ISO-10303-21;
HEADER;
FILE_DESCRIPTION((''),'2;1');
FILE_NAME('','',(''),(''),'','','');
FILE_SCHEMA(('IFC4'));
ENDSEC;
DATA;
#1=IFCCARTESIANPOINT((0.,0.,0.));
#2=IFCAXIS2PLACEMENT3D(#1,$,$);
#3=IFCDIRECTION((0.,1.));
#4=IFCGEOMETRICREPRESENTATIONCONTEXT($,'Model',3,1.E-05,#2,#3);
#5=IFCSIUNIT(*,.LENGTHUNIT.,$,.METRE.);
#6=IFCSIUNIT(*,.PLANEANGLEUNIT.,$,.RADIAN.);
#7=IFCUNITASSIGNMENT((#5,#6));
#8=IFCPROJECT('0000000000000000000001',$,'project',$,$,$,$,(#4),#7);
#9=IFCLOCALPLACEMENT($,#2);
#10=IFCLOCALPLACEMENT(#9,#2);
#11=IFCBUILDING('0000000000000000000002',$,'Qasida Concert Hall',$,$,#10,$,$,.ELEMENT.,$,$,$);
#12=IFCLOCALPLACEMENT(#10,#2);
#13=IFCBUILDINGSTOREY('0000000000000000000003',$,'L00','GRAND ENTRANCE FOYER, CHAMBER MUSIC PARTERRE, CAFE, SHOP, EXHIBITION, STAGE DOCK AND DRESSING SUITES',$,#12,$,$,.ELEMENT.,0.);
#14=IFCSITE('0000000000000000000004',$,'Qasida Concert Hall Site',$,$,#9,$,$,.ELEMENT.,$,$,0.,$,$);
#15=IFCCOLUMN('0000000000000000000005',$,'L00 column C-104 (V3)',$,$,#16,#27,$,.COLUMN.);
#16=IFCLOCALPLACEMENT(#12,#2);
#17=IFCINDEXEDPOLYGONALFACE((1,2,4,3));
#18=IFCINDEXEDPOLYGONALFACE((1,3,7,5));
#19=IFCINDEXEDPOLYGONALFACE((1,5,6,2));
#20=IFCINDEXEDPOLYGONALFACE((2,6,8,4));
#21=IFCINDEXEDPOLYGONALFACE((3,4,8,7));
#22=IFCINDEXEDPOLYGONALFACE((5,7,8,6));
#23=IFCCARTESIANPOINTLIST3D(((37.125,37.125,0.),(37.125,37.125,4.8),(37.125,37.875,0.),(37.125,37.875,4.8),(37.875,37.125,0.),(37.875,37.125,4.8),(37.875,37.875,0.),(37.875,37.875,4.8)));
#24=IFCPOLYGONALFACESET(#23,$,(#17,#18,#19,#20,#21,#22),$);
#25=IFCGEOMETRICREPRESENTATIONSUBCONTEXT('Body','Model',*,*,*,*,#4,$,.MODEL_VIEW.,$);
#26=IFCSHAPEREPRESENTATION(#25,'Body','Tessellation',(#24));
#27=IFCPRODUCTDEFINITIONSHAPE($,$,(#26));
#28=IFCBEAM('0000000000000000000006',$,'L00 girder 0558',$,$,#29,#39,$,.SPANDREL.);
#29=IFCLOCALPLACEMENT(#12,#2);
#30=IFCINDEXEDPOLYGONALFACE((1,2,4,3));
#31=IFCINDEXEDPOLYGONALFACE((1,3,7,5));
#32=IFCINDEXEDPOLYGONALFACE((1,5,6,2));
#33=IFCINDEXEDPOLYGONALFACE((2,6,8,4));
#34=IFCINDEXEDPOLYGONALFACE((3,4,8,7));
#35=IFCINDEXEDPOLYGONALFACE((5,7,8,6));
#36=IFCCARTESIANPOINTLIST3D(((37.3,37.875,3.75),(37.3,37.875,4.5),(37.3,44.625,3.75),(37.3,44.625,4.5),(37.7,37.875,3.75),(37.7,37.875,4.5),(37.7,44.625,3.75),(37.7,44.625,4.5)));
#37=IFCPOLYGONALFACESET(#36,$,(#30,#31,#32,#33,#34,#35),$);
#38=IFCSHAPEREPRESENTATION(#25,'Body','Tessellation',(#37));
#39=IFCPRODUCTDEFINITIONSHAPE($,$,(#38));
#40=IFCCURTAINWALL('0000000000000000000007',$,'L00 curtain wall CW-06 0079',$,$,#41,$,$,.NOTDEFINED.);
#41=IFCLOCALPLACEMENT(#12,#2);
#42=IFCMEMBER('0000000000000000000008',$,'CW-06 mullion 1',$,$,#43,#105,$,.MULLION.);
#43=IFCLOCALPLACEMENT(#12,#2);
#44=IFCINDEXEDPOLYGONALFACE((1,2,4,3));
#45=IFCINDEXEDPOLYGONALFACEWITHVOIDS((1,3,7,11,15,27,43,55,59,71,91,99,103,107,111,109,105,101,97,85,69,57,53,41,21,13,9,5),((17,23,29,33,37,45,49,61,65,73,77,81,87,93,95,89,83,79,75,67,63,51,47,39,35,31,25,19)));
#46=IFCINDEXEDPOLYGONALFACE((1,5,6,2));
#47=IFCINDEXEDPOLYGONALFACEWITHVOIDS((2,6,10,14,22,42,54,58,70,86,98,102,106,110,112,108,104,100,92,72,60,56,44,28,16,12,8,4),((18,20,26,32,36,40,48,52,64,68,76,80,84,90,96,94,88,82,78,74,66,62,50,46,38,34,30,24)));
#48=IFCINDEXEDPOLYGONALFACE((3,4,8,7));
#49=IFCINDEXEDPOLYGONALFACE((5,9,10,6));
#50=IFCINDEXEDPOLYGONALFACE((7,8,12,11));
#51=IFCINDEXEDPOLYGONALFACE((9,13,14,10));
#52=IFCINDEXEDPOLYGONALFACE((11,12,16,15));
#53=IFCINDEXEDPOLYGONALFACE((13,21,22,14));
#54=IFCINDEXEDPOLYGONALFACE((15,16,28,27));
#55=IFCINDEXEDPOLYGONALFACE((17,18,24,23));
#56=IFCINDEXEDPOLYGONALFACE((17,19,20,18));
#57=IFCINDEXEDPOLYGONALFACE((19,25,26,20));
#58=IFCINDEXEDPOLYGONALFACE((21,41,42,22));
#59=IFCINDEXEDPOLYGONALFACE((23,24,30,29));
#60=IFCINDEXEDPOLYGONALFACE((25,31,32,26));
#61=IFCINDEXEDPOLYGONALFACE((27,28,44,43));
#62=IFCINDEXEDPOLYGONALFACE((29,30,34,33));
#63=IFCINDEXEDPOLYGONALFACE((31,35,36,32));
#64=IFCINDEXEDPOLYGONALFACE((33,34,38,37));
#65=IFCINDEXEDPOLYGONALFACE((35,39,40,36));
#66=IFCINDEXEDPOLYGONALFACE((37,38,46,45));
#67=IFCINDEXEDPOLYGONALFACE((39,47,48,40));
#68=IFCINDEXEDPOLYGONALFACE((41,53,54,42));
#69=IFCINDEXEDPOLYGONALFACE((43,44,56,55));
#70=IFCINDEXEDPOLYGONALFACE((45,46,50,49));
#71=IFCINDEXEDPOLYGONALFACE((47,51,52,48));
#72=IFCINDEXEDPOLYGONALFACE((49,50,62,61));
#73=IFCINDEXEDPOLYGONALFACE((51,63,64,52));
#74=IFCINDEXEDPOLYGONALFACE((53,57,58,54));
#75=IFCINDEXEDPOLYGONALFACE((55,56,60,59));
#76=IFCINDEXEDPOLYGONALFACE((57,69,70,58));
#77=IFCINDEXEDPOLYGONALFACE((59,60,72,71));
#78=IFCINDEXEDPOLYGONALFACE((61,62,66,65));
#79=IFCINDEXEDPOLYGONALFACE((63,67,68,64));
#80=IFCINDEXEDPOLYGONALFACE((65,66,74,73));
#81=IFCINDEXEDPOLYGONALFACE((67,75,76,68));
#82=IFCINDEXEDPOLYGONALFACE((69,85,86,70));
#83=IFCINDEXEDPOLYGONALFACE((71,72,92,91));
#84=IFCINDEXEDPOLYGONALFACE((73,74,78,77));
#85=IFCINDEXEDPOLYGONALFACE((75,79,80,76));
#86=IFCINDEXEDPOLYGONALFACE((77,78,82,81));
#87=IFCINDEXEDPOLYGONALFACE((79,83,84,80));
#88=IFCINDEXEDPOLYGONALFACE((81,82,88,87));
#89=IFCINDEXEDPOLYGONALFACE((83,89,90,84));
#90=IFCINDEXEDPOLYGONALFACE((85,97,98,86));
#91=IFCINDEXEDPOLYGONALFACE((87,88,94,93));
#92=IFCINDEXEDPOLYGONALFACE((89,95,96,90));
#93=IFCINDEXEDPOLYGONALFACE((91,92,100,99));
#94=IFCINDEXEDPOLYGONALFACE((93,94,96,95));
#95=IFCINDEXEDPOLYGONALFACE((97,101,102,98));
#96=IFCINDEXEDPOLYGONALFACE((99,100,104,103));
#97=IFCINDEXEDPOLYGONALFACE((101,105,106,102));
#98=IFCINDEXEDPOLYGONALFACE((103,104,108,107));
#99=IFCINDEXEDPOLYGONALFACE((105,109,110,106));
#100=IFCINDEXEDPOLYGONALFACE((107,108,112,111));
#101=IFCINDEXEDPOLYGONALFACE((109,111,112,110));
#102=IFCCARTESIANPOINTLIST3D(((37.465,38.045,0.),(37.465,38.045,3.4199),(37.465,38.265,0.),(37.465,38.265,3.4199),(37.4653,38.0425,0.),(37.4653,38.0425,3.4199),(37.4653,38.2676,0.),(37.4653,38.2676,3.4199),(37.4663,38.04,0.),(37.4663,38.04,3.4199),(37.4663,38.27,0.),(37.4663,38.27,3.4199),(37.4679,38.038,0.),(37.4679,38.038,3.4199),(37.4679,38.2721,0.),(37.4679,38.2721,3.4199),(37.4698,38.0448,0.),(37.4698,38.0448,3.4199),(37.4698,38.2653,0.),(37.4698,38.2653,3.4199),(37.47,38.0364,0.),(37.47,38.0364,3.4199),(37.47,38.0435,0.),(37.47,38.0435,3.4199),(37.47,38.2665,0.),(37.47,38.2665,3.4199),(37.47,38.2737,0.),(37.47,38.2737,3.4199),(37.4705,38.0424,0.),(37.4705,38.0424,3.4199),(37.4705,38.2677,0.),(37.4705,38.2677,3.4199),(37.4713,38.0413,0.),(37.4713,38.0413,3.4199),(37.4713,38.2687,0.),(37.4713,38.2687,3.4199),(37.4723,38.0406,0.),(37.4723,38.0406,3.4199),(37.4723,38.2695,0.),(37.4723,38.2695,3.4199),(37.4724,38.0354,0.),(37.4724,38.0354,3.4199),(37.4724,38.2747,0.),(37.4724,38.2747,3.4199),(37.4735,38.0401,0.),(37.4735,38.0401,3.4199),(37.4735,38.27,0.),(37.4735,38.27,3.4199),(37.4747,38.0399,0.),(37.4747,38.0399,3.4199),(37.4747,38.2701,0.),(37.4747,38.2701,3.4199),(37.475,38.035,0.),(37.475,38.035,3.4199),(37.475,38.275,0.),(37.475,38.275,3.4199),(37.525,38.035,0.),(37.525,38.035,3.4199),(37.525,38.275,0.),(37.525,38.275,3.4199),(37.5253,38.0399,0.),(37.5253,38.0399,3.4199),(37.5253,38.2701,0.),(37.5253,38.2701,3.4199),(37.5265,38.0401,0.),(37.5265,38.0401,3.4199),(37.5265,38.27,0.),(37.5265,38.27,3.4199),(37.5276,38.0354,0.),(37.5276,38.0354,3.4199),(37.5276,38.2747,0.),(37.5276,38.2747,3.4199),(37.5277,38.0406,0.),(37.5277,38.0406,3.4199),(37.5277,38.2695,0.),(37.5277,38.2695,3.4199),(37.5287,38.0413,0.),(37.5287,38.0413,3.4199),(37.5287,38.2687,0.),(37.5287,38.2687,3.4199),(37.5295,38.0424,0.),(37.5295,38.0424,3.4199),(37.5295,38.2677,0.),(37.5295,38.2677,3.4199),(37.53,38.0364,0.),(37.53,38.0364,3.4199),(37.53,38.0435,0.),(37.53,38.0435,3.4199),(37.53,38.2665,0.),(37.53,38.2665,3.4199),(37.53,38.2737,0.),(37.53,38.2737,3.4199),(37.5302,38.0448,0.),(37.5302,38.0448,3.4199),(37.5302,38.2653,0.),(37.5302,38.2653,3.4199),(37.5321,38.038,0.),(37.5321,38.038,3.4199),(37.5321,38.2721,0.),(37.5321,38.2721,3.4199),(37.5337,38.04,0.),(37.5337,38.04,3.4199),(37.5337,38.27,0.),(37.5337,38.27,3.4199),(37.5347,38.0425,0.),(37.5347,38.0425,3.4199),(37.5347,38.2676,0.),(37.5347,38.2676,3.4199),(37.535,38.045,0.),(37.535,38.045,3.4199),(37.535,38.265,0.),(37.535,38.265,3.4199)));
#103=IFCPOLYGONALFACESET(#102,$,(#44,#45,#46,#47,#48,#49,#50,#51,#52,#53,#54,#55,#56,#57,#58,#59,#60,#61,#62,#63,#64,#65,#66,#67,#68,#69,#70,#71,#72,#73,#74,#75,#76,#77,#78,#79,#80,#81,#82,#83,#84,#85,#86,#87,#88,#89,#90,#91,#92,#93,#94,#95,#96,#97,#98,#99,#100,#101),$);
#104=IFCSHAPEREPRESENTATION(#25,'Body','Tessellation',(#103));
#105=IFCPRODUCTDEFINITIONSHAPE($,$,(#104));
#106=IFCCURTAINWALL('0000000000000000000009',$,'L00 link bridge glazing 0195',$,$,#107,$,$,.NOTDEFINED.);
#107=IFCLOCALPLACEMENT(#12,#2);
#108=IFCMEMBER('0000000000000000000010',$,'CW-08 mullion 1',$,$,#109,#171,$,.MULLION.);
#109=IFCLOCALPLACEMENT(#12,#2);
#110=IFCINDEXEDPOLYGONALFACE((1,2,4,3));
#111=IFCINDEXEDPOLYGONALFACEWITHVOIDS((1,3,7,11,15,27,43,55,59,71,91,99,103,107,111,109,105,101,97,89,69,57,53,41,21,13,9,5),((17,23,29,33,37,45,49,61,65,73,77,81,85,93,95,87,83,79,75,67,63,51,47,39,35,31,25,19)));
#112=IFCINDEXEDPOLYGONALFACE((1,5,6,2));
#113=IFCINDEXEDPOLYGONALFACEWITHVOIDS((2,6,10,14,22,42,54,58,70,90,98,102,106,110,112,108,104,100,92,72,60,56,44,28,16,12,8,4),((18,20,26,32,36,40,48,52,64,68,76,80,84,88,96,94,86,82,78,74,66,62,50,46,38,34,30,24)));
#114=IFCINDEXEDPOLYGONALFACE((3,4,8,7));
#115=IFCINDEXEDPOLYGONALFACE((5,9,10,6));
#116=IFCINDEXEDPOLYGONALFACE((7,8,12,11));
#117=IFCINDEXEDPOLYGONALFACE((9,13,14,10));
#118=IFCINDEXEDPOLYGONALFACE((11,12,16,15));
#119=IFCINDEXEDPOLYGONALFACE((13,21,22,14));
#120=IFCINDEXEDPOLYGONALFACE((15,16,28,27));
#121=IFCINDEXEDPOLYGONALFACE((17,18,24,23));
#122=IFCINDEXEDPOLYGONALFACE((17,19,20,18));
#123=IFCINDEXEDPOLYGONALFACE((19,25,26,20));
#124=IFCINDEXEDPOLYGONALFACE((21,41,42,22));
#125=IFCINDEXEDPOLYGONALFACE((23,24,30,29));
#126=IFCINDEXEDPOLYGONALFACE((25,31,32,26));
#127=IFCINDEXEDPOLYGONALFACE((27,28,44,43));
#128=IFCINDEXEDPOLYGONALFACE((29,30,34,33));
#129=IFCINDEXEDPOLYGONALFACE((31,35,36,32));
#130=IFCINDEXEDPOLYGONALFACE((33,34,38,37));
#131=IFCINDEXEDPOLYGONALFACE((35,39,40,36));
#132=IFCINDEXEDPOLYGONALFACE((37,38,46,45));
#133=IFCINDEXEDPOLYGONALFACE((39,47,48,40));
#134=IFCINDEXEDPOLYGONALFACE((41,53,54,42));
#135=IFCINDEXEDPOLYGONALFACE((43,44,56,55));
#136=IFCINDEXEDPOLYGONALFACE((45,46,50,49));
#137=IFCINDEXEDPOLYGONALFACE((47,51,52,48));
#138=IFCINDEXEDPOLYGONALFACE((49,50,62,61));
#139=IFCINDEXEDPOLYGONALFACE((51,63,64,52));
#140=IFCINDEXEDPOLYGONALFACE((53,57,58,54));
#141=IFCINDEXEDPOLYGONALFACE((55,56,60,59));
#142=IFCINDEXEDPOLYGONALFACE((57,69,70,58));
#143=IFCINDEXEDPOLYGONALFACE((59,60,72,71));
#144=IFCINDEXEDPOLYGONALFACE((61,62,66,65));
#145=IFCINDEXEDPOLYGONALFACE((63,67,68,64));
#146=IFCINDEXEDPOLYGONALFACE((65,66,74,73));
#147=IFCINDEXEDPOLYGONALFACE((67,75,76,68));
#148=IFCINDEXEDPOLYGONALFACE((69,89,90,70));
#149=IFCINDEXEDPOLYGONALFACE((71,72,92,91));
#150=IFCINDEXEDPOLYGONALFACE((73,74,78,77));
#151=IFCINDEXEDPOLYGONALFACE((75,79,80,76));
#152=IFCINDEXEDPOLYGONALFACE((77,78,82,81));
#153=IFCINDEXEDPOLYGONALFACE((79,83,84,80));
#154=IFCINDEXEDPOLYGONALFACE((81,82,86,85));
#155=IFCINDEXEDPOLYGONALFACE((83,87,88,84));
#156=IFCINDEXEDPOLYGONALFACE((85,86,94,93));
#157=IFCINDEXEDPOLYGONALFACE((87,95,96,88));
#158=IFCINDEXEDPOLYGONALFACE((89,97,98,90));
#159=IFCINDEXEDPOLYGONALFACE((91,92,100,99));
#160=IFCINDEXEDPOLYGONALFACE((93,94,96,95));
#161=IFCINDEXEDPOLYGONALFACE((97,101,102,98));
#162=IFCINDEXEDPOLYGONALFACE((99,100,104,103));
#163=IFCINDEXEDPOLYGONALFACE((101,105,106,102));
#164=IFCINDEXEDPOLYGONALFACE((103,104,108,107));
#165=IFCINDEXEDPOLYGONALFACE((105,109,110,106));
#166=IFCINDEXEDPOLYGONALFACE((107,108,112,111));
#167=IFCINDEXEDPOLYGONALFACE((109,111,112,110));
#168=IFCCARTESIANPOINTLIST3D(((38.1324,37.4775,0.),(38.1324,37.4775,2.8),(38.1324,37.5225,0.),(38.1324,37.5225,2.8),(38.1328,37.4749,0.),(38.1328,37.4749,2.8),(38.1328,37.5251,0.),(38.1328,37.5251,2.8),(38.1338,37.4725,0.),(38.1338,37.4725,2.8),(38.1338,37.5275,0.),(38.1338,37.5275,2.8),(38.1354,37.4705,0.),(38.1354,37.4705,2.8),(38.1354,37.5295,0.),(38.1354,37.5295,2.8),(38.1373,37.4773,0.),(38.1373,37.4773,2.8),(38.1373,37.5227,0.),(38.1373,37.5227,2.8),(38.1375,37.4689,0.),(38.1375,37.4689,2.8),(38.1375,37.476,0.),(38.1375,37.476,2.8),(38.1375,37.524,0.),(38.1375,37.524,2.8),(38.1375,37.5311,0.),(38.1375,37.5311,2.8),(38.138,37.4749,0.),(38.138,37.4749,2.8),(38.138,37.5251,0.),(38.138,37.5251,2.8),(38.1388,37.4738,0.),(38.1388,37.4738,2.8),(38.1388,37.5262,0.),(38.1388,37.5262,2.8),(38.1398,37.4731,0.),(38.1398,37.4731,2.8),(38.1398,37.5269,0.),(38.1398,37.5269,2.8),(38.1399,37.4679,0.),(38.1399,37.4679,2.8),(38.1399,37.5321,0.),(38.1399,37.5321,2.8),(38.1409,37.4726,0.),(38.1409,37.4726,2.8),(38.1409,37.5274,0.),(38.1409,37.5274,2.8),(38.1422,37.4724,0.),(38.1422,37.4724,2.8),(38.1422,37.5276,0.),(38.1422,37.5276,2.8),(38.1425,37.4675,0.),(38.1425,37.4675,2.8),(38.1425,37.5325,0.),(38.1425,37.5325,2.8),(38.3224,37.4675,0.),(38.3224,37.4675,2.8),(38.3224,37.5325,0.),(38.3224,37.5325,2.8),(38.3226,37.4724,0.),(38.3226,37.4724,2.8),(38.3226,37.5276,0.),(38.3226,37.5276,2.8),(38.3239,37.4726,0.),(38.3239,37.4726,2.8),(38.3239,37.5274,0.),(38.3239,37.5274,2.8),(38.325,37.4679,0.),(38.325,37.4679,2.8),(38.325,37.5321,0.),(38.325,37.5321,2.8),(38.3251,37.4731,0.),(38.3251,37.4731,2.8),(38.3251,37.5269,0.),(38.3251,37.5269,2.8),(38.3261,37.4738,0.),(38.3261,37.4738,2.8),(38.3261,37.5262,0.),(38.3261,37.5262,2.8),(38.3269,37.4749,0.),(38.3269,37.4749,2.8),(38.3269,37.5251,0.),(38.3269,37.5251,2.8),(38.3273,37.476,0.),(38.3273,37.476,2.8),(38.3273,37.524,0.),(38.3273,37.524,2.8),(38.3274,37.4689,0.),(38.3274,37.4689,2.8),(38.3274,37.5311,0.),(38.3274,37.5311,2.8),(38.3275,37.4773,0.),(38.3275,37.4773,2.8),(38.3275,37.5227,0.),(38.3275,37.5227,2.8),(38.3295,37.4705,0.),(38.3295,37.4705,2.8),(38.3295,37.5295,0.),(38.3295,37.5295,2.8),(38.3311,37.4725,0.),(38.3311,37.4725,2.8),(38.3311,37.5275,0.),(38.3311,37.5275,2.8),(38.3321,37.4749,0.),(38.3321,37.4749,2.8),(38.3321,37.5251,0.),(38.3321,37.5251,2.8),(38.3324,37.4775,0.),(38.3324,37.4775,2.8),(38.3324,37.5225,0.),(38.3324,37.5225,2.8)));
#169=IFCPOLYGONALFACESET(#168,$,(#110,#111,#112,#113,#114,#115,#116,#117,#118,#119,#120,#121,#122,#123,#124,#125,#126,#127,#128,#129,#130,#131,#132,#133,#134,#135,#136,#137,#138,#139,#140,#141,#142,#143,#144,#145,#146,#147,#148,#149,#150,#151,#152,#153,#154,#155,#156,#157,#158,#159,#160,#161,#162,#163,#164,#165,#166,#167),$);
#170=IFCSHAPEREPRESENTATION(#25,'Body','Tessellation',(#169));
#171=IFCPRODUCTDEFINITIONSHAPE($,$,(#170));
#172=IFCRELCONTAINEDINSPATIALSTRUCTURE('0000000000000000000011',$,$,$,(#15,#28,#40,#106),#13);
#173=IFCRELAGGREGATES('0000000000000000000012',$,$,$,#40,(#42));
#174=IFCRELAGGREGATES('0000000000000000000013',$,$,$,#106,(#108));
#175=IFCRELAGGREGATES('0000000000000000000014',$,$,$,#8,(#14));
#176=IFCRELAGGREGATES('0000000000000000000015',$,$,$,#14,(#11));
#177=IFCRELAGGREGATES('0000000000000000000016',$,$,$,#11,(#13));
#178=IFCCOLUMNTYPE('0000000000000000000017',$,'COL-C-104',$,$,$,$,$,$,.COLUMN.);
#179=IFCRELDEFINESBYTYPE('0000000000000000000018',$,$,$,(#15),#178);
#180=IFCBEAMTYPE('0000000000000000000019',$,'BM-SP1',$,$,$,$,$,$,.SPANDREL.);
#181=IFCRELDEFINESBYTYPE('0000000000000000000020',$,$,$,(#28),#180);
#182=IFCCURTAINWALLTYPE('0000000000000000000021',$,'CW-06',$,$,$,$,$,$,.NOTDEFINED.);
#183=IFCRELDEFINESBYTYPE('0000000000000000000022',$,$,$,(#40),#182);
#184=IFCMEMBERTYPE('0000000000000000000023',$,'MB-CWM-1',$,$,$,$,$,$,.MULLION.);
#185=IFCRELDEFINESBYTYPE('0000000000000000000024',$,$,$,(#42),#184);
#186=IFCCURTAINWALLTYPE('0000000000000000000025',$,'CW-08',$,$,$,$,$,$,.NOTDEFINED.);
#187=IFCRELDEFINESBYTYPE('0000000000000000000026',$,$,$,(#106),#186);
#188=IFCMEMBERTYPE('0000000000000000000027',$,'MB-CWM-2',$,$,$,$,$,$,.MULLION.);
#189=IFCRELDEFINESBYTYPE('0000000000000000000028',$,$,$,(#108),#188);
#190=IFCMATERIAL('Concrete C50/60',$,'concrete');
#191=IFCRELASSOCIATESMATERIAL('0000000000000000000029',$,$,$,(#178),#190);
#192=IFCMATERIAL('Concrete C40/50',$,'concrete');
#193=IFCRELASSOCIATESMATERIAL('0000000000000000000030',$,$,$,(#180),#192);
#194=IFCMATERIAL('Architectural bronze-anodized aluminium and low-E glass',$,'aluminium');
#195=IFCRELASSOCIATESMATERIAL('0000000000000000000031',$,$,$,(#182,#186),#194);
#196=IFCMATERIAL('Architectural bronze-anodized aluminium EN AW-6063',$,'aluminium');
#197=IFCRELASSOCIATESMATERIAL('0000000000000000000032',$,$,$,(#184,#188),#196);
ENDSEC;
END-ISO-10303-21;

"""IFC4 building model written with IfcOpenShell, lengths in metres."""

from ifc_helpers import new_model, si_unit, direction, frame, origin, origin_2d, place, context, subcontext, project, spatial, rectangle, hollow_rectangle, extrude, material, material_profile, profile_set, type_object, element, aggregate, save


model = new_model("IFC4")

# Units and contexts
model_context = context("Model", 3, precision=1e-05, world=origin(), true_north=direction((0.0, 1.0)))
body_context = subcontext(model_context, "Body", "Model", "MODEL_VIEW")
ifc_project = project(units=[si_unit("LENGTHUNIT", "METRE"), si_unit("PLANEANGLEUNIT", "RADIAN")], contexts=[model_context])

# Site, building, storey
site_placement = place(None, origin())
site = spatial("IfcSite", under=ifc_project, at=site_placement, Name="Qasida Concert Hall Site", CompositionType="ELEMENT", RefElevation=0.0)
building_placement = place(site_placement, origin())
building = spatial("IfcBuilding", under=site, at=building_placement, Name="Qasida Concert Hall", CompositionType="ELEMENT")
storey_placement = place(building_placement, origin())
storey = spatial("IfcBuildingStorey", under=building, at=storey_placement, Name="L00", Description="GRAND ENTRANCE FOYER, CHAMBER MUSIC PARTERRE, CAFE, SHOP, EXHIBITION, STAGE DOCK AND DRESSING SUITES", CompositionType="ELEMENT", Elevation=0.0)

# Column
ifc_material_1 = material(Name="Concrete C50/60", Category="concrete")
ifc_material_profile_1 = material_profile(ifc_material_1, rectangle(XDim=0.75, YDim=0.75, at=origin_2d()), Name="RC 750x750")
ifc_profile_set_1 = profile_set([ifc_material_profile_1], Name="Concrete C50/60")
column_type = type_object("IfcColumnType", Name="COL-C-104", PredefinedType="COLUMN", material=ifc_profile_set_1)
column_placement = place(storey_placement, frame((37.5, 37.5, 0.0), z_axis=(0.0, 0.0, 1.0), x_axis=(1.0, 0.0, 0.0)))
element("IfcColumn", 1, at=column_placement, inside=storey, type_object=column_type, Name="L00 column C-104 (V3)", PredefinedType="COLUMN", context=body_context, shape_type="SweptSolid", body=[
    extrude(rectangle(XDim=0.75, YDim=0.75, at=origin_2d()), origin(), (0.0, 0.0, 1.0), 4.8),
])

# Beam
ifc_material_2 = material(Name="Concrete C40/50", Category="concrete")
ifc_material_profile_2 = material_profile(ifc_material_2, rectangle(XDim=0.3999, YDim=0.75, at=origin_2d()), Name="RC 400x750")
ifc_profile_set_2 = profile_set([ifc_material_profile_2], Name="Concrete C40/50")
beam_type = type_object("IfcBeamType", Name="BM-SP1", PredefinedType="SPANDREL", material=ifc_profile_set_2)
beam_placement = place(storey_placement, frame((37.5, 37.875, 4.125), z_axis=(0.0, 1.0, 0.0), x_axis=(-1.0, 0.0, 0.0)))
element("IfcBeam", 2, at=beam_placement, inside=storey, type_object=beam_type, Name="L00 girder 0558", PredefinedType="SPANDREL", context=body_context, shape_type="SweptSolid", body=[
    extrude(rectangle(XDim=0.3999, YDim=0.75, at=origin_2d()), origin(), (0.0, 0.0, 1.0), 6.75),
])

# Curtain wall, member
ifc_material_3 = material(Name="Architectural bronze-anodized aluminium and low-E glass", Category="aluminium")
curtain_wall_type_1 = type_object("IfcCurtainWallType", Name="CW-06", PredefinedType="NOTDEFINED", material=ifc_material_3)
curtain_wall_1_placement = place(storey_placement, origin())
curtain_wall_1 = element("IfcCurtainWall", 3, at=curtain_wall_1_placement, inside=storey, type_object=curtain_wall_type_1, Name="L00 curtain wall CW-06 0079", PredefinedType="NOTDEFINED")
ifc_material_4 = material(Name="Architectural bronze-anodized aluminium EN AW-6063", Category="aluminium")
ifc_material_profile_3 = material_profile(ifc_material_4, hollow_rectangle(XDim=0.0701, YDim=0.24, WallThickness=0.0049, InnerFilletRadius=0.0049, OuterFilletRadius=0.01, at=origin_2d()), Name="CWM 240x70x5")
ifc_profile_set_3 = profile_set([ifc_material_profile_3], Name="Architectural bronze-anodized aluminium EN AW-6063")
member_type_1 = type_object("IfcMemberType", Name="MB-CWM-1", PredefinedType="MULLION", material=ifc_profile_set_3)
member_1_placement = place(storey_placement, frame((37.5, 38.155, 0.0), z_axis=(0.0, 0.0, 1.0), x_axis=(-1.0, 0.0, 0.0)))
member_1 = element("IfcMember", 4, at=member_1_placement, type_object=member_type_1, Name="CW-06 mullion 1", PredefinedType="MULLION", context=body_context, shape_type="SweptSolid", body=[
    extrude(hollow_rectangle(XDim=0.0701, YDim=0.24, WallThickness=0.0049, InnerFilletRadius=0.0049, OuterFilletRadius=0.01, at=origin_2d()), origin(), (0.0, 0.0, 1.0), 3.4199),
])

# Curtain wall, member
curtain_wall_type_2 = type_object("IfcCurtainWallType", Name="CW-08", PredefinedType="NOTDEFINED", material=ifc_material_3)
curtain_wall_2_placement = place(storey_placement, origin())
curtain_wall_2 = element("IfcCurtainWall", 5, at=curtain_wall_2_placement, inside=storey, type_object=curtain_wall_type_2, Name="L00 link bridge glazing 0195", PredefinedType="NOTDEFINED")
ifc_material_profile_4 = material_profile(ifc_material_4, hollow_rectangle(XDim=0.0649, YDim=0.2, WallThickness=0.0049, InnerFilletRadius=0.0049, OuterFilletRadius=0.01, at=origin_2d()), Name="CWM 200x65x5")
ifc_profile_set_4 = profile_set([ifc_material_profile_4], Name="Architectural bronze-anodized aluminium EN AW-6063")
member_type_2 = type_object("IfcMemberType", Name="MB-CWM-2", PredefinedType="MULLION", material=ifc_profile_set_4)
member_2_placement = place(storey_placement, frame((38.2324, 37.5, 0.0), z_axis=(0.0, 0.0, 1.0), x_axis=(0.0, 1.0, 0.0)))
member_2 = element("IfcMember", 6, at=member_2_placement, type_object=member_type_2, Name="CW-08 mullion 1", PredefinedType="MULLION", context=body_context, shape_type="SweptSolid", body=[
    extrude(hollow_rectangle(XDim=0.0649, YDim=0.2, WallThickness=0.0049, InnerFilletRadius=0.0049, OuterFilletRadius=0.01, at=origin_2d()), origin(), (0.0, 0.0, 1.0), 2.8),
])

aggregate(curtain_wall_1, [member_1])
aggregate(curtain_wall_2, [member_2])

save(model, "model.ifc")
